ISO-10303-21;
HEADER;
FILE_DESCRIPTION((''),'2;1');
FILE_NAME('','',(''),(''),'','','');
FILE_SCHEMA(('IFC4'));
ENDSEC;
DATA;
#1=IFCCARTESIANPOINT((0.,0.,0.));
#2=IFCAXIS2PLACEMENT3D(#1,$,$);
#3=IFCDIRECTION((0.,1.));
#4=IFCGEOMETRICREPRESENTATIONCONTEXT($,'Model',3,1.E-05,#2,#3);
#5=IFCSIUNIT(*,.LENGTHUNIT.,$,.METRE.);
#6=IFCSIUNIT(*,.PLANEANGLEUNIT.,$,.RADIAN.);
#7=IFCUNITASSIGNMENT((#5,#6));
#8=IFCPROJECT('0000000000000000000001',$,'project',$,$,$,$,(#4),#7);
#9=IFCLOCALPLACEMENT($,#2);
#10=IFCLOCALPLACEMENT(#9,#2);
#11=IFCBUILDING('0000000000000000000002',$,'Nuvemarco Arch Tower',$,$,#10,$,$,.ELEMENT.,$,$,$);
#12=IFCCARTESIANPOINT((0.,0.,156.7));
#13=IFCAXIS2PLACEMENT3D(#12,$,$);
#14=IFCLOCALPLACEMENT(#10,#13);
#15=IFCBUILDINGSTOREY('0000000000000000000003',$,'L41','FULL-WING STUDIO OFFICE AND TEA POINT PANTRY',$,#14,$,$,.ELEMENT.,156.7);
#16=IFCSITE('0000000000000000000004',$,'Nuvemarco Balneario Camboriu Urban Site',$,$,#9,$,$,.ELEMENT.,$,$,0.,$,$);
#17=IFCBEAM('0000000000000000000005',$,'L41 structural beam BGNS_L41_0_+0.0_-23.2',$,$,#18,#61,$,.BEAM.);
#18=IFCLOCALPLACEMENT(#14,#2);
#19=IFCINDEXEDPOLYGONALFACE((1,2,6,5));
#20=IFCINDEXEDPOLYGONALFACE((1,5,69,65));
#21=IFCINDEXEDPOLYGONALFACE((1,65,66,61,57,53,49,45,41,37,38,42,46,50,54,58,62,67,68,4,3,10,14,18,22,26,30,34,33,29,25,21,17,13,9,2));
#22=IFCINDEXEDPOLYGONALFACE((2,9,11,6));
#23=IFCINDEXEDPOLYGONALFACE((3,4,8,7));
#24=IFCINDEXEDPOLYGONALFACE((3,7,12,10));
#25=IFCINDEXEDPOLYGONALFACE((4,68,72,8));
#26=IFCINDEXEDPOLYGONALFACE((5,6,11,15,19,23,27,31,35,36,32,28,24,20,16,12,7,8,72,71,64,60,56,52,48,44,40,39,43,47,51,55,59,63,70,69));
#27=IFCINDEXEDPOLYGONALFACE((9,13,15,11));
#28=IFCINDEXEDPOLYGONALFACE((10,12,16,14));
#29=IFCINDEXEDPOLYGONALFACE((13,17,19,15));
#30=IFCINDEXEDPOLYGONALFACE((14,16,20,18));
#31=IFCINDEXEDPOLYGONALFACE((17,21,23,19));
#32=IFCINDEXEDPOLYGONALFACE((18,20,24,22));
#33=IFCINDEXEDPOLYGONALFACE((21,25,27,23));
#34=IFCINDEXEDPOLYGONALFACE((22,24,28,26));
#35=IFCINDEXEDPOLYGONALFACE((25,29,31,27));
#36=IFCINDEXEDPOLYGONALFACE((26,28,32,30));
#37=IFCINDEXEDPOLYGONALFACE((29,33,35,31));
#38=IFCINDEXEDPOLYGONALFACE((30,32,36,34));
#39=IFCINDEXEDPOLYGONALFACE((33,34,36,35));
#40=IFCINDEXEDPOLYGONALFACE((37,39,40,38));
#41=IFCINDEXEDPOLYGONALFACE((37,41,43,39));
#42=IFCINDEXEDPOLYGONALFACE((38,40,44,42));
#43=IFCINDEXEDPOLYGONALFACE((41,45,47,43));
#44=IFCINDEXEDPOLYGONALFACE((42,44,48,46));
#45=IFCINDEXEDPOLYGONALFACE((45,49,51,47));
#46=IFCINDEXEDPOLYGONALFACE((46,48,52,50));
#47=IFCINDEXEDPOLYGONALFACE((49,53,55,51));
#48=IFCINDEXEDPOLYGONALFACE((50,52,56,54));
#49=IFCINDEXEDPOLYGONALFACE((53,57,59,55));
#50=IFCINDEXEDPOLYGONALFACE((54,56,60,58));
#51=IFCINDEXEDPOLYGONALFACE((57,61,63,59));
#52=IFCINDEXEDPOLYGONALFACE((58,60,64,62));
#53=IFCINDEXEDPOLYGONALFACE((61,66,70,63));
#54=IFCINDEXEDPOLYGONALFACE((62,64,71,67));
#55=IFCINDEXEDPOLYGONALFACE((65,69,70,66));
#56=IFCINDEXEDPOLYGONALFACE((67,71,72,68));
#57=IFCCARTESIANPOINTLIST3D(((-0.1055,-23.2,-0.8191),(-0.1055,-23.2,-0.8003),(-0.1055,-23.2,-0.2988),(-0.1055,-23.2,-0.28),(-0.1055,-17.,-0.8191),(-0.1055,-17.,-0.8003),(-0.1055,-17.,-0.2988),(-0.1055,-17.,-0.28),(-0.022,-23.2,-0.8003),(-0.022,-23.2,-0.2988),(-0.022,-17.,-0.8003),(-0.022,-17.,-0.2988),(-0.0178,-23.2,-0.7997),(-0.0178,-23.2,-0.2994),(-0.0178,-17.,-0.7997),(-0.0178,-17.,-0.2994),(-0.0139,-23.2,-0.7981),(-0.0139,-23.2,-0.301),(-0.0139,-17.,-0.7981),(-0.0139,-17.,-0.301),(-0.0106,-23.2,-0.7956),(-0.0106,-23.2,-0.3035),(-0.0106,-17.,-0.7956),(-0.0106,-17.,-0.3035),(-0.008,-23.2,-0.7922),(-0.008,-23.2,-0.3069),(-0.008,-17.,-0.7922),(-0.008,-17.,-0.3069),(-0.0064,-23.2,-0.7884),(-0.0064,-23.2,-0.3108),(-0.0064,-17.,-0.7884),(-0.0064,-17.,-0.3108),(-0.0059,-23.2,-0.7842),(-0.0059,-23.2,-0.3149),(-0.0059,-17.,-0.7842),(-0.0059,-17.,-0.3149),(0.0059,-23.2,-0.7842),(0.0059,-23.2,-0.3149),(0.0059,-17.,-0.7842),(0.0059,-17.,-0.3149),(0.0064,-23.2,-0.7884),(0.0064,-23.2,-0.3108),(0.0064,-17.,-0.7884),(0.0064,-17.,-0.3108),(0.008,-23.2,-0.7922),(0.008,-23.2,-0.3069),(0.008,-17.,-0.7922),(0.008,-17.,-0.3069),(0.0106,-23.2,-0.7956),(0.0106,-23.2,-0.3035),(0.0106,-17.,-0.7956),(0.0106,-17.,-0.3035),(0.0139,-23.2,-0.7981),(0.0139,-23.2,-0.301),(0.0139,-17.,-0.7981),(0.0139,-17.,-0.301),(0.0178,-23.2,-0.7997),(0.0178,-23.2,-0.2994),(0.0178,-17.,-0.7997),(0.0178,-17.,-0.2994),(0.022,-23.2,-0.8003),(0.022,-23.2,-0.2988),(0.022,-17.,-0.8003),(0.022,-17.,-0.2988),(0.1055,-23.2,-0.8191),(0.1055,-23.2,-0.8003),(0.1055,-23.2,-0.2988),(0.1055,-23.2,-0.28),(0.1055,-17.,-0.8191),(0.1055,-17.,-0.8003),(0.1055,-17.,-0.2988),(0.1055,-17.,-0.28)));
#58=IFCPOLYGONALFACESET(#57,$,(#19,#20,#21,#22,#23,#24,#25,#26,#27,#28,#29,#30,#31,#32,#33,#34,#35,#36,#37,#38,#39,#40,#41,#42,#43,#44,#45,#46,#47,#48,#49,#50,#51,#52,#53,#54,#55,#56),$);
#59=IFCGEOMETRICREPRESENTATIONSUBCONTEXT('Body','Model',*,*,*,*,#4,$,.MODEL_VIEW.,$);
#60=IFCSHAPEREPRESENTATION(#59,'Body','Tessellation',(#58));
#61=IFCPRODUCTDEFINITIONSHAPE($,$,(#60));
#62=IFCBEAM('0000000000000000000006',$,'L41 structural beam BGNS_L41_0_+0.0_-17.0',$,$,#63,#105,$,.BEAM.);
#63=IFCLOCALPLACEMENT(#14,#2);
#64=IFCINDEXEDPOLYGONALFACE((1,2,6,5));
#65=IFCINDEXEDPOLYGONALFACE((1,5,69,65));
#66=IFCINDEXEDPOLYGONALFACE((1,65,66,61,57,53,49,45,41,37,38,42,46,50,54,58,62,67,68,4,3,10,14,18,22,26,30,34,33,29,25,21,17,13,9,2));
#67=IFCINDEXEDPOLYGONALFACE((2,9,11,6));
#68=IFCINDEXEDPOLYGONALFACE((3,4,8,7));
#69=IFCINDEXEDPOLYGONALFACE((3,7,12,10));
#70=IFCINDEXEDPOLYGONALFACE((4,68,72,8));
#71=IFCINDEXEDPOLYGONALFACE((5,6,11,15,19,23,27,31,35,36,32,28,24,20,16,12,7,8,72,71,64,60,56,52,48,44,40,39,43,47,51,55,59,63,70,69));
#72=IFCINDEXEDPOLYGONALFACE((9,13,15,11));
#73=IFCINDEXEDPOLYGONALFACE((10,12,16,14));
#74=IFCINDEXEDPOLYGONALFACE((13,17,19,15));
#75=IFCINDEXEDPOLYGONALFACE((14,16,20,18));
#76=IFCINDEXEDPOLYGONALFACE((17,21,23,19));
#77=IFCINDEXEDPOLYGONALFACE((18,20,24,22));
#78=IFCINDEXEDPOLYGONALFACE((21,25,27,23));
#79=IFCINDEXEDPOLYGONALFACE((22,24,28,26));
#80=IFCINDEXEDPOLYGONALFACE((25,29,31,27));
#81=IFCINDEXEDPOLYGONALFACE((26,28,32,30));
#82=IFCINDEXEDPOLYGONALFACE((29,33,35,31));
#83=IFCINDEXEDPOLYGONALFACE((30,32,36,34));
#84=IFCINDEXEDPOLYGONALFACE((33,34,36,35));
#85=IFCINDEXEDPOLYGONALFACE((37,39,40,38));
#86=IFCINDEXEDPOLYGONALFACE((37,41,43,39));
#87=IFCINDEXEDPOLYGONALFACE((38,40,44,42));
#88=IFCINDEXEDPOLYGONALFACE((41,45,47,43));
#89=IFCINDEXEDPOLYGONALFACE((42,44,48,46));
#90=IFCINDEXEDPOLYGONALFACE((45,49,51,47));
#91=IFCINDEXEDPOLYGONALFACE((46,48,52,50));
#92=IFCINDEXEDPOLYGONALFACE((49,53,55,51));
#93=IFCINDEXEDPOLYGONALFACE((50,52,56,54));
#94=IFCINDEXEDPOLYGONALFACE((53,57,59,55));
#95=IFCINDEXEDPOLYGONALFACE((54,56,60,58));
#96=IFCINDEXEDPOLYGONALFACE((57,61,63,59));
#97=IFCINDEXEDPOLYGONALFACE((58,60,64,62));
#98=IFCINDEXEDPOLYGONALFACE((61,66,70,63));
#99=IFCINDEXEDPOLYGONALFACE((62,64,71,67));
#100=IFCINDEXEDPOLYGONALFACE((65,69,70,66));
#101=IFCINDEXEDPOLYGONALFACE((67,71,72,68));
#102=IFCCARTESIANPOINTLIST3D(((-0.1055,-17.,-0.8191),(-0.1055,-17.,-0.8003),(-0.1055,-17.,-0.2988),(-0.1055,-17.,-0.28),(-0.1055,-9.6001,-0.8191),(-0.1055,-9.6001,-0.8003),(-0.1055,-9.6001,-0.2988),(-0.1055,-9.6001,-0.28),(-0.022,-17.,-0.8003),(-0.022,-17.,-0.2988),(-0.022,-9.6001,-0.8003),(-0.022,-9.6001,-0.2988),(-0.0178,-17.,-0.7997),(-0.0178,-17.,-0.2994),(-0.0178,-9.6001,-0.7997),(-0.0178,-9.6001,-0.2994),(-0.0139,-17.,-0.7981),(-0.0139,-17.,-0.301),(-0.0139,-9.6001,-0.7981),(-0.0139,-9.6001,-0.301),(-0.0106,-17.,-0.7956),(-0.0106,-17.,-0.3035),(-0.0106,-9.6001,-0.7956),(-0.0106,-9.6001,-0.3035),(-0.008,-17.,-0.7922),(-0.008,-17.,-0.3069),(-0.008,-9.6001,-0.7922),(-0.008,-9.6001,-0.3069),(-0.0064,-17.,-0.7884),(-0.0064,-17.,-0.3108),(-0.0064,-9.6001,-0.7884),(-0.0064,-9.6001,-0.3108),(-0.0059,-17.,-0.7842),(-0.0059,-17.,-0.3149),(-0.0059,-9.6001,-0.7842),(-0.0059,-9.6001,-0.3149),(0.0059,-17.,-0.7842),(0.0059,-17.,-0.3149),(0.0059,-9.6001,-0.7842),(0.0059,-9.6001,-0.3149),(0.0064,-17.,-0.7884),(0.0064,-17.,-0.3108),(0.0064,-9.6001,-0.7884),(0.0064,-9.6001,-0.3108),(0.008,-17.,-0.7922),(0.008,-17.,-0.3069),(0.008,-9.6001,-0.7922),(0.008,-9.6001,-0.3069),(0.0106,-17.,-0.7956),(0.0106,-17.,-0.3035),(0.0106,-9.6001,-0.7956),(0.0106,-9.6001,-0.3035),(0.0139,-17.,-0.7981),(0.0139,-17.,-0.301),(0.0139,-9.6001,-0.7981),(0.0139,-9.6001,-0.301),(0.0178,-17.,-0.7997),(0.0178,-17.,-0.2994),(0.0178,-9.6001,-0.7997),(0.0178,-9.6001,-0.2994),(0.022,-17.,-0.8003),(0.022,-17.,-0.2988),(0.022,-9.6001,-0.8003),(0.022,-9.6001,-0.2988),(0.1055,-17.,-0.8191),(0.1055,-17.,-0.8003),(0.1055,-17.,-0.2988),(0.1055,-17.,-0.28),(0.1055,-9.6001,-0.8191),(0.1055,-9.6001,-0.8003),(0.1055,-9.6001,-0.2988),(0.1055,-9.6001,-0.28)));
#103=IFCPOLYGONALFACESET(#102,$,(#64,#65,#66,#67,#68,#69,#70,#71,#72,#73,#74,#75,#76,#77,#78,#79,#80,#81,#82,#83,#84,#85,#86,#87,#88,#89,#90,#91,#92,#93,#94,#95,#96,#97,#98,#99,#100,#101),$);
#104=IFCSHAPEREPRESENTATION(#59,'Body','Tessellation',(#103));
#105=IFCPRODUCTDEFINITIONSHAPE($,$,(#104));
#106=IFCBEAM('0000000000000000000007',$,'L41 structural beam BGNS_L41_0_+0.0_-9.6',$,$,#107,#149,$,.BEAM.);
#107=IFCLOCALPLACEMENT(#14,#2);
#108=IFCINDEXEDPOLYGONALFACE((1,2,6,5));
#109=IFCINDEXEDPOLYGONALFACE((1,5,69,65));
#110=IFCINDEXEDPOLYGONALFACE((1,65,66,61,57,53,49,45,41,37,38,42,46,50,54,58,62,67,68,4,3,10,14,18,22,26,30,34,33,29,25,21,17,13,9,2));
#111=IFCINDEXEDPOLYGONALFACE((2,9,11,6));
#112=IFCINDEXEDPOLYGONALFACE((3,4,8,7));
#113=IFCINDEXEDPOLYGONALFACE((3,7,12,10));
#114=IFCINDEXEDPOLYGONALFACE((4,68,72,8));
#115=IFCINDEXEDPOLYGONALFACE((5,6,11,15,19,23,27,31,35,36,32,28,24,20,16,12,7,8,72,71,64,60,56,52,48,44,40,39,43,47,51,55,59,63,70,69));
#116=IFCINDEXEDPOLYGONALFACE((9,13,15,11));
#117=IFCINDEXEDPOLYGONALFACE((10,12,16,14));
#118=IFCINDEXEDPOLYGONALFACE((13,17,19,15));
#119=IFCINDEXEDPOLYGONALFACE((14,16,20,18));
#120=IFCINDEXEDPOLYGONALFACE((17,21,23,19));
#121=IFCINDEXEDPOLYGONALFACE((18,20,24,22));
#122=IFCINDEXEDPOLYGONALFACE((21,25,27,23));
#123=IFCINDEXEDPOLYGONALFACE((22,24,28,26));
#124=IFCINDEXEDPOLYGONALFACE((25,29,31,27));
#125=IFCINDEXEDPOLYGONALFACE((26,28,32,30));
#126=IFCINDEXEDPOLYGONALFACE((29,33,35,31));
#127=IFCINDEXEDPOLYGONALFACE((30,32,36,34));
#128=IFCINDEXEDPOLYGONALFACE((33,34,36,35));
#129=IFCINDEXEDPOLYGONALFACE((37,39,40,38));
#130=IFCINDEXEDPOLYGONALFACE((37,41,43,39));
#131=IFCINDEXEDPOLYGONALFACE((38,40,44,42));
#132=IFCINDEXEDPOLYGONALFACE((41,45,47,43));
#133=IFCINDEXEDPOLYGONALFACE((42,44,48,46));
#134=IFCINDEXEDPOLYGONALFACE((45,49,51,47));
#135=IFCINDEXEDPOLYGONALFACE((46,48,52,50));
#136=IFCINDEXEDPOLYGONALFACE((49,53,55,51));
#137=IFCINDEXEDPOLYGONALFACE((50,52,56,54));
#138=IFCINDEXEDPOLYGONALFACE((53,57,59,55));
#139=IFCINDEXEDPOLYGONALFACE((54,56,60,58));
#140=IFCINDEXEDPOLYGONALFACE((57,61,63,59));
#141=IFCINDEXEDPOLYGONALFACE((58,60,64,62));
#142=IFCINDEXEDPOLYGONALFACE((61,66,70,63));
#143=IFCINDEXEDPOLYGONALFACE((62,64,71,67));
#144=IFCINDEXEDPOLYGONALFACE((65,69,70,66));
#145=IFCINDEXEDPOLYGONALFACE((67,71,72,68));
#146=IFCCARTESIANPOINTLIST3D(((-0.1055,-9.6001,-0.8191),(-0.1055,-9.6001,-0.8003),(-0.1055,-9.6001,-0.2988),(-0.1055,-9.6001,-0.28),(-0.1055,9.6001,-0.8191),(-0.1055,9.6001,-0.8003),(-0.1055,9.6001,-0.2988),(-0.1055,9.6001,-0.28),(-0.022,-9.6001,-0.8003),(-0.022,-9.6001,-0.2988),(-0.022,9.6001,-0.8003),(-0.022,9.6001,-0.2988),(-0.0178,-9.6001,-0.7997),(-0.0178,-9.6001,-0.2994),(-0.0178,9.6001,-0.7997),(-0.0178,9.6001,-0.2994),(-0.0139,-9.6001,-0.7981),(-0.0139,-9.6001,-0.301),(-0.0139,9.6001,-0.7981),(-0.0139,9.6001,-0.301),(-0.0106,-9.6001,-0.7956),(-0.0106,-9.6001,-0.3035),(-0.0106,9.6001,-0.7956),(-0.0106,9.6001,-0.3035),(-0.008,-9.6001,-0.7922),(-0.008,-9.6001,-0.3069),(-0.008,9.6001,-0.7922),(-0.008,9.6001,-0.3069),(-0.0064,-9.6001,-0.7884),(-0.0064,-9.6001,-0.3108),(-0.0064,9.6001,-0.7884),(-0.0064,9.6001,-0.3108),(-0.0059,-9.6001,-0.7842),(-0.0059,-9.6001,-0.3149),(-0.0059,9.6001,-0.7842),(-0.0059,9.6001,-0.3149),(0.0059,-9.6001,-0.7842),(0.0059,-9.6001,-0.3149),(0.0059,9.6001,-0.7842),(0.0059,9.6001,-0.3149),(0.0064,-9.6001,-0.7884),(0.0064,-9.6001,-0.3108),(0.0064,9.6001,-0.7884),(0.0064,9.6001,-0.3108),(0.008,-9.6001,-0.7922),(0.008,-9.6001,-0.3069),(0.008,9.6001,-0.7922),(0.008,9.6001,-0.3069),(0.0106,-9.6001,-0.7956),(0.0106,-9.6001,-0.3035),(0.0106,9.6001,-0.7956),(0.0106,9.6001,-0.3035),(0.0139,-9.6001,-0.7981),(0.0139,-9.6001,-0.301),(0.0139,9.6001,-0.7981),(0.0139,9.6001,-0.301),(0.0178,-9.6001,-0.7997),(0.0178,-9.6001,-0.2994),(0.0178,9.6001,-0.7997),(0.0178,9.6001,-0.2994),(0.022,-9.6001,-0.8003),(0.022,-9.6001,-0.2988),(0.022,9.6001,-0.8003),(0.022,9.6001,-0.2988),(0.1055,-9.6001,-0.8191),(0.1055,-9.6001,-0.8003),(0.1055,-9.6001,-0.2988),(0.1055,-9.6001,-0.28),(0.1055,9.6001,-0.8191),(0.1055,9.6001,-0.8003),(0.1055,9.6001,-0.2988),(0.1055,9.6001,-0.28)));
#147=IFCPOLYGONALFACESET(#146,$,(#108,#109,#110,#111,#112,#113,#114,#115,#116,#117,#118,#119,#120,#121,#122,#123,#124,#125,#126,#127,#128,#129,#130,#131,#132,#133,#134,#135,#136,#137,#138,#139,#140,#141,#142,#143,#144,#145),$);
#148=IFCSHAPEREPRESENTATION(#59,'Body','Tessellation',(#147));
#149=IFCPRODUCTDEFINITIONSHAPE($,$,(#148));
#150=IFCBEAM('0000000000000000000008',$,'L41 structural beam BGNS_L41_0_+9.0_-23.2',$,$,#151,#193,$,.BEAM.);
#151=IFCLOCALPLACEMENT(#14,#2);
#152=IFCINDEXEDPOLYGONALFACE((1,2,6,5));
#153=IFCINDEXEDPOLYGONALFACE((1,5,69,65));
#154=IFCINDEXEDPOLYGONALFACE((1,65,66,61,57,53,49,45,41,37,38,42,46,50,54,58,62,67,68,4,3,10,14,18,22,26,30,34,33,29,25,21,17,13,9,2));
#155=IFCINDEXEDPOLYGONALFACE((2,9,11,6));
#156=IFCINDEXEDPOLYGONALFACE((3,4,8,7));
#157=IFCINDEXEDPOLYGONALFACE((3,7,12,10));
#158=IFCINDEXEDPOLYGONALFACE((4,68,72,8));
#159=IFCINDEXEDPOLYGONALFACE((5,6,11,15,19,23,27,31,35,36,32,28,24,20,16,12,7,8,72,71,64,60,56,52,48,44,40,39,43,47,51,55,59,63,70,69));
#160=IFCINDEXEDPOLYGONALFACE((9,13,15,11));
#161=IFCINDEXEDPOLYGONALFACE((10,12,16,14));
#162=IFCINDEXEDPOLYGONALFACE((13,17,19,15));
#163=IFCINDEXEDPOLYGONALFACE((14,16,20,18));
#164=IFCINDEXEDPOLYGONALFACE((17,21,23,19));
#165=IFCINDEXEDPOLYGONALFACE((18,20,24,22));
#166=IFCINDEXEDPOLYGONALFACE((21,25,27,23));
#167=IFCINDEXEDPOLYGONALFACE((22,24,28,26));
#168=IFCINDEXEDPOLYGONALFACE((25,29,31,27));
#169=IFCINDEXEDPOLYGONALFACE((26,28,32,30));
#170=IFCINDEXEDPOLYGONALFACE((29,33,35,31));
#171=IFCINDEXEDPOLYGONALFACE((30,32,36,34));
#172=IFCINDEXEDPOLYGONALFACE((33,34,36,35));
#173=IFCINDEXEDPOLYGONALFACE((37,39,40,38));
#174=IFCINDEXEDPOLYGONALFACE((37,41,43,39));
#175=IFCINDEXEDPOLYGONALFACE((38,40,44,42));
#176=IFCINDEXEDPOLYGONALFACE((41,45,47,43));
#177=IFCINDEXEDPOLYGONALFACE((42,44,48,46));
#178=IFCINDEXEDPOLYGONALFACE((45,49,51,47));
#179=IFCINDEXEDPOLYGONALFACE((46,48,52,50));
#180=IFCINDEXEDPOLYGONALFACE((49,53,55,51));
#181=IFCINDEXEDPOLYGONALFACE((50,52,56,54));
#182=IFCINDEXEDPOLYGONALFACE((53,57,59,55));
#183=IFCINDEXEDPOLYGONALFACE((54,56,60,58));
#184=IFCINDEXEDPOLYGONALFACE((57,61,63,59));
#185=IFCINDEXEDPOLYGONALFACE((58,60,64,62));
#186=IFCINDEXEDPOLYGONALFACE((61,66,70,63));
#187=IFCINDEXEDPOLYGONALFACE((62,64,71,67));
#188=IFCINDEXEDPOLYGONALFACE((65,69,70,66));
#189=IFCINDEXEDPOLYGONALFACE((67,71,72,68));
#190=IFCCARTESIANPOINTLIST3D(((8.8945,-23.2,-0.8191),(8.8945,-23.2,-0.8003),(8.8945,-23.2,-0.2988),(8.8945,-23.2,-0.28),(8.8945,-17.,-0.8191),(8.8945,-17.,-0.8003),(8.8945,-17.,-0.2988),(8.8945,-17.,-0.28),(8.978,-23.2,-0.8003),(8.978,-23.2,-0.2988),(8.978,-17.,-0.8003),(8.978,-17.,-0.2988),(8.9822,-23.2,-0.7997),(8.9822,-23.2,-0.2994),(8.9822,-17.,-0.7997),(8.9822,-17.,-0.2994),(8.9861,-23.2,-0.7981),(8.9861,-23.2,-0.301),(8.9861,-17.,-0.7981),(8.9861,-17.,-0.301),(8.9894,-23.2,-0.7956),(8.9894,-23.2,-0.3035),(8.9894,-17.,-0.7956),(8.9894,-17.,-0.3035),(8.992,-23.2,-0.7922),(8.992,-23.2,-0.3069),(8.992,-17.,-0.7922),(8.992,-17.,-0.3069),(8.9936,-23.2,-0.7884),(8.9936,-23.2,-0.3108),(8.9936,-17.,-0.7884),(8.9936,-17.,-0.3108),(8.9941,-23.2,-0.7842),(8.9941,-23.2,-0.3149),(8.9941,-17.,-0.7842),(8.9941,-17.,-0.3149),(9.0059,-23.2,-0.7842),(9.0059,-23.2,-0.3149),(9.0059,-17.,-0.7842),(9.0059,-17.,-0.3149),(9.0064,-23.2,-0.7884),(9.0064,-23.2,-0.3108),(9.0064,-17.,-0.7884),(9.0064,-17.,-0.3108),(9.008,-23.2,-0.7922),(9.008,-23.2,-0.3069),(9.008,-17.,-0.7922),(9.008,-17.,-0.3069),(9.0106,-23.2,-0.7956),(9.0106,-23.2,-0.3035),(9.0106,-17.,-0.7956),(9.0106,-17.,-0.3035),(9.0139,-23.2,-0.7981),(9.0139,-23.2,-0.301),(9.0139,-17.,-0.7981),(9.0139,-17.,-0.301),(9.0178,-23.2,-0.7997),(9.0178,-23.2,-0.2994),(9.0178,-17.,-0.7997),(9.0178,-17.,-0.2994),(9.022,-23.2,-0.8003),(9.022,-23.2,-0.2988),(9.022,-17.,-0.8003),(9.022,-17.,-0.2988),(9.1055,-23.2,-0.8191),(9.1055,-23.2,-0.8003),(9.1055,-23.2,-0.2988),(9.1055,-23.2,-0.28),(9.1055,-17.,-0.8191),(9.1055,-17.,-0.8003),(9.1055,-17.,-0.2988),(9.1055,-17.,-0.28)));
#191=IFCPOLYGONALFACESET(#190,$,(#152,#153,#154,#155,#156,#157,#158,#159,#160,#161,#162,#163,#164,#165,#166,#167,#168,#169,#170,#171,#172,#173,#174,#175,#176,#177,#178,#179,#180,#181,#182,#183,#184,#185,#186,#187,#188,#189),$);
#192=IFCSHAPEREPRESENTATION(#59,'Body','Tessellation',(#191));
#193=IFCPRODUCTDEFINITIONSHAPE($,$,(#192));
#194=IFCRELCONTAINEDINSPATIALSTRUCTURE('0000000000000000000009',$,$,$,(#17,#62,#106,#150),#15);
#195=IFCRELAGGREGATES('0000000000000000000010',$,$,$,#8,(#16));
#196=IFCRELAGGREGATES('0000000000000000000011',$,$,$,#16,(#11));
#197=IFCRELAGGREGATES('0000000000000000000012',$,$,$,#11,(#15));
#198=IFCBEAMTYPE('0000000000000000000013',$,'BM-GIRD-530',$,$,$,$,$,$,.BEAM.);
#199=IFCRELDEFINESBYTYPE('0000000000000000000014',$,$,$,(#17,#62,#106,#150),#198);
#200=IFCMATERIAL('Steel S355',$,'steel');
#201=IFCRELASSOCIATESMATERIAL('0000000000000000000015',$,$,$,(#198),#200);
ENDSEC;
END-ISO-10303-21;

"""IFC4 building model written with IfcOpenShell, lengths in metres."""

from ifc_helpers import new_model, si_unit, direction, frame, origin, origin_2d, place, context, subcontext, project, spatial, i_section, extrude, material, material_profile, profile_set, type_object, element, save


model = new_model("IFC4")

# Units and contexts
model_context = context("Model", 3, precision=1e-05, world=origin(), true_north=direction((0.0, 1.0)))
body_context = subcontext(model_context, "Body", "Model", "MODEL_VIEW")
ifc_project = project(units=[si_unit("LENGTHUNIT", "METRE"), si_unit("PLANEANGLEUNIT", "RADIAN")], contexts=[model_context])

# Site, building, storey
site_placement = place(None, origin())
site = spatial("IfcSite", under=ifc_project, at=site_placement, Name="Nuvemarco Balneario Camboriu Urban Site", CompositionType="ELEMENT", RefElevation=0.0)
building_placement = place(site_placement, origin())
building = spatial("IfcBuilding", under=site, at=building_placement, Name="Nuvemarco Arch Tower", CompositionType="ELEMENT")
storey_placement = place(building_placement, frame((0.0, 0.0, 156.7)))
storey = spatial("IfcBuildingStorey", under=building, at=storey_placement, Name="L41", Description="FULL-WING STUDIO OFFICE AND TEA POINT PANTRY", CompositionType="ELEMENT", Elevation=156.7)

# Shared definitions
ifc_material_1 = material(Name="Steel S355", Category="steel")

# Beams
ifc_material_profile_1 = material_profile(ifc_material_1, i_section(OverallWidth=0.2109, OverallDepth=0.5391, WebThickness=0.0117, FlangeThickness=0.0188, FilletRadius=0.0161, at=origin_2d()), Name="W530x109")
ifc_profile_set_1 = profile_set([ifc_material_profile_1], Name="Steel S355")
beam_type_1 = type_object("IfcBeamType", Name="BM-GIRD-530", PredefinedType="BEAM", material=ifc_profile_set_1)
beam_1_placement = place(storey_placement, frame((0.0, -23.2, -0.5496), z_axis=(0.0, 1.0, 0.0), x_axis=(-1.0, 0.0, 0.0)))
element("IfcBeam", 1, at=beam_1_placement, inside=storey, type_object=beam_type_1, Name="L41 structural beam BGNS_L41_0_+0.0_-23.2", PredefinedType="BEAM", context=body_context, shape_type="SweptSolid", body=[
    extrude(i_section(OverallWidth=0.2109, OverallDepth=0.5391, WebThickness=0.0117, FlangeThickness=0.0188, FilletRadius=0.0161, at=origin_2d()), origin(), (0.0, 0.0, 1.0), 6.2),
])
beam_2_placement = place(storey_placement, frame((0.0, -17.0, -0.5496), z_axis=(0.0, 1.0, 0.0), x_axis=(-1.0, 0.0, 0.0)))
element("IfcBeam", 2, at=beam_2_placement, inside=storey, type_object=beam_type_1, Name="L41 structural beam BGNS_L41_0_+0.0_-17.0", PredefinedType="BEAM", context=body_context, shape_type="SweptSolid", body=[
    extrude(i_section(OverallWidth=0.2109, OverallDepth=0.5391, WebThickness=0.0117, FlangeThickness=0.0188, FilletRadius=0.0161, at=origin_2d()), origin(), (0.0, 0.0, 1.0), 7.3999),
])
beam_3_placement = place(storey_placement, frame((0.0, -9.6001, -0.5496), z_axis=(0.0, 1.0, 0.0), x_axis=(-1.0, 0.0, 0.0)))
element("IfcBeam", 3, at=beam_3_placement, inside=storey, type_object=beam_type_1, Name="L41 structural beam BGNS_L41_0_+0.0_-9.6", PredefinedType="BEAM", context=body_context, shape_type="SweptSolid", body=[
    extrude(i_section(OverallWidth=0.2109, OverallDepth=0.5391, WebThickness=0.0117, FlangeThickness=0.0188, FilletRadius=0.0161, at=origin_2d()), origin(), (0.0, 0.0, 1.0), 19.2002),
])
beam_4_placement = place(storey_placement, frame((9.0, -23.2, -0.5496), z_axis=(0.0, 1.0, 0.0), x_axis=(-1.0, 0.0, 0.0)))
element("IfcBeam", 4, at=beam_4_placement, inside=storey, type_object=beam_type_1, Name="L41 structural beam BGNS_L41_0_+9.0_-23.2", PredefinedType="BEAM", context=body_context, shape_type="SweptSolid", body=[
    extrude(i_section(OverallWidth=0.2109, OverallDepth=0.5391, WebThickness=0.0117, FlangeThickness=0.0188, FilletRadius=0.0161, at=origin_2d()), origin(), (0.0, 0.0, 1.0), 6.2),
])

save(model, "model.ifc")
